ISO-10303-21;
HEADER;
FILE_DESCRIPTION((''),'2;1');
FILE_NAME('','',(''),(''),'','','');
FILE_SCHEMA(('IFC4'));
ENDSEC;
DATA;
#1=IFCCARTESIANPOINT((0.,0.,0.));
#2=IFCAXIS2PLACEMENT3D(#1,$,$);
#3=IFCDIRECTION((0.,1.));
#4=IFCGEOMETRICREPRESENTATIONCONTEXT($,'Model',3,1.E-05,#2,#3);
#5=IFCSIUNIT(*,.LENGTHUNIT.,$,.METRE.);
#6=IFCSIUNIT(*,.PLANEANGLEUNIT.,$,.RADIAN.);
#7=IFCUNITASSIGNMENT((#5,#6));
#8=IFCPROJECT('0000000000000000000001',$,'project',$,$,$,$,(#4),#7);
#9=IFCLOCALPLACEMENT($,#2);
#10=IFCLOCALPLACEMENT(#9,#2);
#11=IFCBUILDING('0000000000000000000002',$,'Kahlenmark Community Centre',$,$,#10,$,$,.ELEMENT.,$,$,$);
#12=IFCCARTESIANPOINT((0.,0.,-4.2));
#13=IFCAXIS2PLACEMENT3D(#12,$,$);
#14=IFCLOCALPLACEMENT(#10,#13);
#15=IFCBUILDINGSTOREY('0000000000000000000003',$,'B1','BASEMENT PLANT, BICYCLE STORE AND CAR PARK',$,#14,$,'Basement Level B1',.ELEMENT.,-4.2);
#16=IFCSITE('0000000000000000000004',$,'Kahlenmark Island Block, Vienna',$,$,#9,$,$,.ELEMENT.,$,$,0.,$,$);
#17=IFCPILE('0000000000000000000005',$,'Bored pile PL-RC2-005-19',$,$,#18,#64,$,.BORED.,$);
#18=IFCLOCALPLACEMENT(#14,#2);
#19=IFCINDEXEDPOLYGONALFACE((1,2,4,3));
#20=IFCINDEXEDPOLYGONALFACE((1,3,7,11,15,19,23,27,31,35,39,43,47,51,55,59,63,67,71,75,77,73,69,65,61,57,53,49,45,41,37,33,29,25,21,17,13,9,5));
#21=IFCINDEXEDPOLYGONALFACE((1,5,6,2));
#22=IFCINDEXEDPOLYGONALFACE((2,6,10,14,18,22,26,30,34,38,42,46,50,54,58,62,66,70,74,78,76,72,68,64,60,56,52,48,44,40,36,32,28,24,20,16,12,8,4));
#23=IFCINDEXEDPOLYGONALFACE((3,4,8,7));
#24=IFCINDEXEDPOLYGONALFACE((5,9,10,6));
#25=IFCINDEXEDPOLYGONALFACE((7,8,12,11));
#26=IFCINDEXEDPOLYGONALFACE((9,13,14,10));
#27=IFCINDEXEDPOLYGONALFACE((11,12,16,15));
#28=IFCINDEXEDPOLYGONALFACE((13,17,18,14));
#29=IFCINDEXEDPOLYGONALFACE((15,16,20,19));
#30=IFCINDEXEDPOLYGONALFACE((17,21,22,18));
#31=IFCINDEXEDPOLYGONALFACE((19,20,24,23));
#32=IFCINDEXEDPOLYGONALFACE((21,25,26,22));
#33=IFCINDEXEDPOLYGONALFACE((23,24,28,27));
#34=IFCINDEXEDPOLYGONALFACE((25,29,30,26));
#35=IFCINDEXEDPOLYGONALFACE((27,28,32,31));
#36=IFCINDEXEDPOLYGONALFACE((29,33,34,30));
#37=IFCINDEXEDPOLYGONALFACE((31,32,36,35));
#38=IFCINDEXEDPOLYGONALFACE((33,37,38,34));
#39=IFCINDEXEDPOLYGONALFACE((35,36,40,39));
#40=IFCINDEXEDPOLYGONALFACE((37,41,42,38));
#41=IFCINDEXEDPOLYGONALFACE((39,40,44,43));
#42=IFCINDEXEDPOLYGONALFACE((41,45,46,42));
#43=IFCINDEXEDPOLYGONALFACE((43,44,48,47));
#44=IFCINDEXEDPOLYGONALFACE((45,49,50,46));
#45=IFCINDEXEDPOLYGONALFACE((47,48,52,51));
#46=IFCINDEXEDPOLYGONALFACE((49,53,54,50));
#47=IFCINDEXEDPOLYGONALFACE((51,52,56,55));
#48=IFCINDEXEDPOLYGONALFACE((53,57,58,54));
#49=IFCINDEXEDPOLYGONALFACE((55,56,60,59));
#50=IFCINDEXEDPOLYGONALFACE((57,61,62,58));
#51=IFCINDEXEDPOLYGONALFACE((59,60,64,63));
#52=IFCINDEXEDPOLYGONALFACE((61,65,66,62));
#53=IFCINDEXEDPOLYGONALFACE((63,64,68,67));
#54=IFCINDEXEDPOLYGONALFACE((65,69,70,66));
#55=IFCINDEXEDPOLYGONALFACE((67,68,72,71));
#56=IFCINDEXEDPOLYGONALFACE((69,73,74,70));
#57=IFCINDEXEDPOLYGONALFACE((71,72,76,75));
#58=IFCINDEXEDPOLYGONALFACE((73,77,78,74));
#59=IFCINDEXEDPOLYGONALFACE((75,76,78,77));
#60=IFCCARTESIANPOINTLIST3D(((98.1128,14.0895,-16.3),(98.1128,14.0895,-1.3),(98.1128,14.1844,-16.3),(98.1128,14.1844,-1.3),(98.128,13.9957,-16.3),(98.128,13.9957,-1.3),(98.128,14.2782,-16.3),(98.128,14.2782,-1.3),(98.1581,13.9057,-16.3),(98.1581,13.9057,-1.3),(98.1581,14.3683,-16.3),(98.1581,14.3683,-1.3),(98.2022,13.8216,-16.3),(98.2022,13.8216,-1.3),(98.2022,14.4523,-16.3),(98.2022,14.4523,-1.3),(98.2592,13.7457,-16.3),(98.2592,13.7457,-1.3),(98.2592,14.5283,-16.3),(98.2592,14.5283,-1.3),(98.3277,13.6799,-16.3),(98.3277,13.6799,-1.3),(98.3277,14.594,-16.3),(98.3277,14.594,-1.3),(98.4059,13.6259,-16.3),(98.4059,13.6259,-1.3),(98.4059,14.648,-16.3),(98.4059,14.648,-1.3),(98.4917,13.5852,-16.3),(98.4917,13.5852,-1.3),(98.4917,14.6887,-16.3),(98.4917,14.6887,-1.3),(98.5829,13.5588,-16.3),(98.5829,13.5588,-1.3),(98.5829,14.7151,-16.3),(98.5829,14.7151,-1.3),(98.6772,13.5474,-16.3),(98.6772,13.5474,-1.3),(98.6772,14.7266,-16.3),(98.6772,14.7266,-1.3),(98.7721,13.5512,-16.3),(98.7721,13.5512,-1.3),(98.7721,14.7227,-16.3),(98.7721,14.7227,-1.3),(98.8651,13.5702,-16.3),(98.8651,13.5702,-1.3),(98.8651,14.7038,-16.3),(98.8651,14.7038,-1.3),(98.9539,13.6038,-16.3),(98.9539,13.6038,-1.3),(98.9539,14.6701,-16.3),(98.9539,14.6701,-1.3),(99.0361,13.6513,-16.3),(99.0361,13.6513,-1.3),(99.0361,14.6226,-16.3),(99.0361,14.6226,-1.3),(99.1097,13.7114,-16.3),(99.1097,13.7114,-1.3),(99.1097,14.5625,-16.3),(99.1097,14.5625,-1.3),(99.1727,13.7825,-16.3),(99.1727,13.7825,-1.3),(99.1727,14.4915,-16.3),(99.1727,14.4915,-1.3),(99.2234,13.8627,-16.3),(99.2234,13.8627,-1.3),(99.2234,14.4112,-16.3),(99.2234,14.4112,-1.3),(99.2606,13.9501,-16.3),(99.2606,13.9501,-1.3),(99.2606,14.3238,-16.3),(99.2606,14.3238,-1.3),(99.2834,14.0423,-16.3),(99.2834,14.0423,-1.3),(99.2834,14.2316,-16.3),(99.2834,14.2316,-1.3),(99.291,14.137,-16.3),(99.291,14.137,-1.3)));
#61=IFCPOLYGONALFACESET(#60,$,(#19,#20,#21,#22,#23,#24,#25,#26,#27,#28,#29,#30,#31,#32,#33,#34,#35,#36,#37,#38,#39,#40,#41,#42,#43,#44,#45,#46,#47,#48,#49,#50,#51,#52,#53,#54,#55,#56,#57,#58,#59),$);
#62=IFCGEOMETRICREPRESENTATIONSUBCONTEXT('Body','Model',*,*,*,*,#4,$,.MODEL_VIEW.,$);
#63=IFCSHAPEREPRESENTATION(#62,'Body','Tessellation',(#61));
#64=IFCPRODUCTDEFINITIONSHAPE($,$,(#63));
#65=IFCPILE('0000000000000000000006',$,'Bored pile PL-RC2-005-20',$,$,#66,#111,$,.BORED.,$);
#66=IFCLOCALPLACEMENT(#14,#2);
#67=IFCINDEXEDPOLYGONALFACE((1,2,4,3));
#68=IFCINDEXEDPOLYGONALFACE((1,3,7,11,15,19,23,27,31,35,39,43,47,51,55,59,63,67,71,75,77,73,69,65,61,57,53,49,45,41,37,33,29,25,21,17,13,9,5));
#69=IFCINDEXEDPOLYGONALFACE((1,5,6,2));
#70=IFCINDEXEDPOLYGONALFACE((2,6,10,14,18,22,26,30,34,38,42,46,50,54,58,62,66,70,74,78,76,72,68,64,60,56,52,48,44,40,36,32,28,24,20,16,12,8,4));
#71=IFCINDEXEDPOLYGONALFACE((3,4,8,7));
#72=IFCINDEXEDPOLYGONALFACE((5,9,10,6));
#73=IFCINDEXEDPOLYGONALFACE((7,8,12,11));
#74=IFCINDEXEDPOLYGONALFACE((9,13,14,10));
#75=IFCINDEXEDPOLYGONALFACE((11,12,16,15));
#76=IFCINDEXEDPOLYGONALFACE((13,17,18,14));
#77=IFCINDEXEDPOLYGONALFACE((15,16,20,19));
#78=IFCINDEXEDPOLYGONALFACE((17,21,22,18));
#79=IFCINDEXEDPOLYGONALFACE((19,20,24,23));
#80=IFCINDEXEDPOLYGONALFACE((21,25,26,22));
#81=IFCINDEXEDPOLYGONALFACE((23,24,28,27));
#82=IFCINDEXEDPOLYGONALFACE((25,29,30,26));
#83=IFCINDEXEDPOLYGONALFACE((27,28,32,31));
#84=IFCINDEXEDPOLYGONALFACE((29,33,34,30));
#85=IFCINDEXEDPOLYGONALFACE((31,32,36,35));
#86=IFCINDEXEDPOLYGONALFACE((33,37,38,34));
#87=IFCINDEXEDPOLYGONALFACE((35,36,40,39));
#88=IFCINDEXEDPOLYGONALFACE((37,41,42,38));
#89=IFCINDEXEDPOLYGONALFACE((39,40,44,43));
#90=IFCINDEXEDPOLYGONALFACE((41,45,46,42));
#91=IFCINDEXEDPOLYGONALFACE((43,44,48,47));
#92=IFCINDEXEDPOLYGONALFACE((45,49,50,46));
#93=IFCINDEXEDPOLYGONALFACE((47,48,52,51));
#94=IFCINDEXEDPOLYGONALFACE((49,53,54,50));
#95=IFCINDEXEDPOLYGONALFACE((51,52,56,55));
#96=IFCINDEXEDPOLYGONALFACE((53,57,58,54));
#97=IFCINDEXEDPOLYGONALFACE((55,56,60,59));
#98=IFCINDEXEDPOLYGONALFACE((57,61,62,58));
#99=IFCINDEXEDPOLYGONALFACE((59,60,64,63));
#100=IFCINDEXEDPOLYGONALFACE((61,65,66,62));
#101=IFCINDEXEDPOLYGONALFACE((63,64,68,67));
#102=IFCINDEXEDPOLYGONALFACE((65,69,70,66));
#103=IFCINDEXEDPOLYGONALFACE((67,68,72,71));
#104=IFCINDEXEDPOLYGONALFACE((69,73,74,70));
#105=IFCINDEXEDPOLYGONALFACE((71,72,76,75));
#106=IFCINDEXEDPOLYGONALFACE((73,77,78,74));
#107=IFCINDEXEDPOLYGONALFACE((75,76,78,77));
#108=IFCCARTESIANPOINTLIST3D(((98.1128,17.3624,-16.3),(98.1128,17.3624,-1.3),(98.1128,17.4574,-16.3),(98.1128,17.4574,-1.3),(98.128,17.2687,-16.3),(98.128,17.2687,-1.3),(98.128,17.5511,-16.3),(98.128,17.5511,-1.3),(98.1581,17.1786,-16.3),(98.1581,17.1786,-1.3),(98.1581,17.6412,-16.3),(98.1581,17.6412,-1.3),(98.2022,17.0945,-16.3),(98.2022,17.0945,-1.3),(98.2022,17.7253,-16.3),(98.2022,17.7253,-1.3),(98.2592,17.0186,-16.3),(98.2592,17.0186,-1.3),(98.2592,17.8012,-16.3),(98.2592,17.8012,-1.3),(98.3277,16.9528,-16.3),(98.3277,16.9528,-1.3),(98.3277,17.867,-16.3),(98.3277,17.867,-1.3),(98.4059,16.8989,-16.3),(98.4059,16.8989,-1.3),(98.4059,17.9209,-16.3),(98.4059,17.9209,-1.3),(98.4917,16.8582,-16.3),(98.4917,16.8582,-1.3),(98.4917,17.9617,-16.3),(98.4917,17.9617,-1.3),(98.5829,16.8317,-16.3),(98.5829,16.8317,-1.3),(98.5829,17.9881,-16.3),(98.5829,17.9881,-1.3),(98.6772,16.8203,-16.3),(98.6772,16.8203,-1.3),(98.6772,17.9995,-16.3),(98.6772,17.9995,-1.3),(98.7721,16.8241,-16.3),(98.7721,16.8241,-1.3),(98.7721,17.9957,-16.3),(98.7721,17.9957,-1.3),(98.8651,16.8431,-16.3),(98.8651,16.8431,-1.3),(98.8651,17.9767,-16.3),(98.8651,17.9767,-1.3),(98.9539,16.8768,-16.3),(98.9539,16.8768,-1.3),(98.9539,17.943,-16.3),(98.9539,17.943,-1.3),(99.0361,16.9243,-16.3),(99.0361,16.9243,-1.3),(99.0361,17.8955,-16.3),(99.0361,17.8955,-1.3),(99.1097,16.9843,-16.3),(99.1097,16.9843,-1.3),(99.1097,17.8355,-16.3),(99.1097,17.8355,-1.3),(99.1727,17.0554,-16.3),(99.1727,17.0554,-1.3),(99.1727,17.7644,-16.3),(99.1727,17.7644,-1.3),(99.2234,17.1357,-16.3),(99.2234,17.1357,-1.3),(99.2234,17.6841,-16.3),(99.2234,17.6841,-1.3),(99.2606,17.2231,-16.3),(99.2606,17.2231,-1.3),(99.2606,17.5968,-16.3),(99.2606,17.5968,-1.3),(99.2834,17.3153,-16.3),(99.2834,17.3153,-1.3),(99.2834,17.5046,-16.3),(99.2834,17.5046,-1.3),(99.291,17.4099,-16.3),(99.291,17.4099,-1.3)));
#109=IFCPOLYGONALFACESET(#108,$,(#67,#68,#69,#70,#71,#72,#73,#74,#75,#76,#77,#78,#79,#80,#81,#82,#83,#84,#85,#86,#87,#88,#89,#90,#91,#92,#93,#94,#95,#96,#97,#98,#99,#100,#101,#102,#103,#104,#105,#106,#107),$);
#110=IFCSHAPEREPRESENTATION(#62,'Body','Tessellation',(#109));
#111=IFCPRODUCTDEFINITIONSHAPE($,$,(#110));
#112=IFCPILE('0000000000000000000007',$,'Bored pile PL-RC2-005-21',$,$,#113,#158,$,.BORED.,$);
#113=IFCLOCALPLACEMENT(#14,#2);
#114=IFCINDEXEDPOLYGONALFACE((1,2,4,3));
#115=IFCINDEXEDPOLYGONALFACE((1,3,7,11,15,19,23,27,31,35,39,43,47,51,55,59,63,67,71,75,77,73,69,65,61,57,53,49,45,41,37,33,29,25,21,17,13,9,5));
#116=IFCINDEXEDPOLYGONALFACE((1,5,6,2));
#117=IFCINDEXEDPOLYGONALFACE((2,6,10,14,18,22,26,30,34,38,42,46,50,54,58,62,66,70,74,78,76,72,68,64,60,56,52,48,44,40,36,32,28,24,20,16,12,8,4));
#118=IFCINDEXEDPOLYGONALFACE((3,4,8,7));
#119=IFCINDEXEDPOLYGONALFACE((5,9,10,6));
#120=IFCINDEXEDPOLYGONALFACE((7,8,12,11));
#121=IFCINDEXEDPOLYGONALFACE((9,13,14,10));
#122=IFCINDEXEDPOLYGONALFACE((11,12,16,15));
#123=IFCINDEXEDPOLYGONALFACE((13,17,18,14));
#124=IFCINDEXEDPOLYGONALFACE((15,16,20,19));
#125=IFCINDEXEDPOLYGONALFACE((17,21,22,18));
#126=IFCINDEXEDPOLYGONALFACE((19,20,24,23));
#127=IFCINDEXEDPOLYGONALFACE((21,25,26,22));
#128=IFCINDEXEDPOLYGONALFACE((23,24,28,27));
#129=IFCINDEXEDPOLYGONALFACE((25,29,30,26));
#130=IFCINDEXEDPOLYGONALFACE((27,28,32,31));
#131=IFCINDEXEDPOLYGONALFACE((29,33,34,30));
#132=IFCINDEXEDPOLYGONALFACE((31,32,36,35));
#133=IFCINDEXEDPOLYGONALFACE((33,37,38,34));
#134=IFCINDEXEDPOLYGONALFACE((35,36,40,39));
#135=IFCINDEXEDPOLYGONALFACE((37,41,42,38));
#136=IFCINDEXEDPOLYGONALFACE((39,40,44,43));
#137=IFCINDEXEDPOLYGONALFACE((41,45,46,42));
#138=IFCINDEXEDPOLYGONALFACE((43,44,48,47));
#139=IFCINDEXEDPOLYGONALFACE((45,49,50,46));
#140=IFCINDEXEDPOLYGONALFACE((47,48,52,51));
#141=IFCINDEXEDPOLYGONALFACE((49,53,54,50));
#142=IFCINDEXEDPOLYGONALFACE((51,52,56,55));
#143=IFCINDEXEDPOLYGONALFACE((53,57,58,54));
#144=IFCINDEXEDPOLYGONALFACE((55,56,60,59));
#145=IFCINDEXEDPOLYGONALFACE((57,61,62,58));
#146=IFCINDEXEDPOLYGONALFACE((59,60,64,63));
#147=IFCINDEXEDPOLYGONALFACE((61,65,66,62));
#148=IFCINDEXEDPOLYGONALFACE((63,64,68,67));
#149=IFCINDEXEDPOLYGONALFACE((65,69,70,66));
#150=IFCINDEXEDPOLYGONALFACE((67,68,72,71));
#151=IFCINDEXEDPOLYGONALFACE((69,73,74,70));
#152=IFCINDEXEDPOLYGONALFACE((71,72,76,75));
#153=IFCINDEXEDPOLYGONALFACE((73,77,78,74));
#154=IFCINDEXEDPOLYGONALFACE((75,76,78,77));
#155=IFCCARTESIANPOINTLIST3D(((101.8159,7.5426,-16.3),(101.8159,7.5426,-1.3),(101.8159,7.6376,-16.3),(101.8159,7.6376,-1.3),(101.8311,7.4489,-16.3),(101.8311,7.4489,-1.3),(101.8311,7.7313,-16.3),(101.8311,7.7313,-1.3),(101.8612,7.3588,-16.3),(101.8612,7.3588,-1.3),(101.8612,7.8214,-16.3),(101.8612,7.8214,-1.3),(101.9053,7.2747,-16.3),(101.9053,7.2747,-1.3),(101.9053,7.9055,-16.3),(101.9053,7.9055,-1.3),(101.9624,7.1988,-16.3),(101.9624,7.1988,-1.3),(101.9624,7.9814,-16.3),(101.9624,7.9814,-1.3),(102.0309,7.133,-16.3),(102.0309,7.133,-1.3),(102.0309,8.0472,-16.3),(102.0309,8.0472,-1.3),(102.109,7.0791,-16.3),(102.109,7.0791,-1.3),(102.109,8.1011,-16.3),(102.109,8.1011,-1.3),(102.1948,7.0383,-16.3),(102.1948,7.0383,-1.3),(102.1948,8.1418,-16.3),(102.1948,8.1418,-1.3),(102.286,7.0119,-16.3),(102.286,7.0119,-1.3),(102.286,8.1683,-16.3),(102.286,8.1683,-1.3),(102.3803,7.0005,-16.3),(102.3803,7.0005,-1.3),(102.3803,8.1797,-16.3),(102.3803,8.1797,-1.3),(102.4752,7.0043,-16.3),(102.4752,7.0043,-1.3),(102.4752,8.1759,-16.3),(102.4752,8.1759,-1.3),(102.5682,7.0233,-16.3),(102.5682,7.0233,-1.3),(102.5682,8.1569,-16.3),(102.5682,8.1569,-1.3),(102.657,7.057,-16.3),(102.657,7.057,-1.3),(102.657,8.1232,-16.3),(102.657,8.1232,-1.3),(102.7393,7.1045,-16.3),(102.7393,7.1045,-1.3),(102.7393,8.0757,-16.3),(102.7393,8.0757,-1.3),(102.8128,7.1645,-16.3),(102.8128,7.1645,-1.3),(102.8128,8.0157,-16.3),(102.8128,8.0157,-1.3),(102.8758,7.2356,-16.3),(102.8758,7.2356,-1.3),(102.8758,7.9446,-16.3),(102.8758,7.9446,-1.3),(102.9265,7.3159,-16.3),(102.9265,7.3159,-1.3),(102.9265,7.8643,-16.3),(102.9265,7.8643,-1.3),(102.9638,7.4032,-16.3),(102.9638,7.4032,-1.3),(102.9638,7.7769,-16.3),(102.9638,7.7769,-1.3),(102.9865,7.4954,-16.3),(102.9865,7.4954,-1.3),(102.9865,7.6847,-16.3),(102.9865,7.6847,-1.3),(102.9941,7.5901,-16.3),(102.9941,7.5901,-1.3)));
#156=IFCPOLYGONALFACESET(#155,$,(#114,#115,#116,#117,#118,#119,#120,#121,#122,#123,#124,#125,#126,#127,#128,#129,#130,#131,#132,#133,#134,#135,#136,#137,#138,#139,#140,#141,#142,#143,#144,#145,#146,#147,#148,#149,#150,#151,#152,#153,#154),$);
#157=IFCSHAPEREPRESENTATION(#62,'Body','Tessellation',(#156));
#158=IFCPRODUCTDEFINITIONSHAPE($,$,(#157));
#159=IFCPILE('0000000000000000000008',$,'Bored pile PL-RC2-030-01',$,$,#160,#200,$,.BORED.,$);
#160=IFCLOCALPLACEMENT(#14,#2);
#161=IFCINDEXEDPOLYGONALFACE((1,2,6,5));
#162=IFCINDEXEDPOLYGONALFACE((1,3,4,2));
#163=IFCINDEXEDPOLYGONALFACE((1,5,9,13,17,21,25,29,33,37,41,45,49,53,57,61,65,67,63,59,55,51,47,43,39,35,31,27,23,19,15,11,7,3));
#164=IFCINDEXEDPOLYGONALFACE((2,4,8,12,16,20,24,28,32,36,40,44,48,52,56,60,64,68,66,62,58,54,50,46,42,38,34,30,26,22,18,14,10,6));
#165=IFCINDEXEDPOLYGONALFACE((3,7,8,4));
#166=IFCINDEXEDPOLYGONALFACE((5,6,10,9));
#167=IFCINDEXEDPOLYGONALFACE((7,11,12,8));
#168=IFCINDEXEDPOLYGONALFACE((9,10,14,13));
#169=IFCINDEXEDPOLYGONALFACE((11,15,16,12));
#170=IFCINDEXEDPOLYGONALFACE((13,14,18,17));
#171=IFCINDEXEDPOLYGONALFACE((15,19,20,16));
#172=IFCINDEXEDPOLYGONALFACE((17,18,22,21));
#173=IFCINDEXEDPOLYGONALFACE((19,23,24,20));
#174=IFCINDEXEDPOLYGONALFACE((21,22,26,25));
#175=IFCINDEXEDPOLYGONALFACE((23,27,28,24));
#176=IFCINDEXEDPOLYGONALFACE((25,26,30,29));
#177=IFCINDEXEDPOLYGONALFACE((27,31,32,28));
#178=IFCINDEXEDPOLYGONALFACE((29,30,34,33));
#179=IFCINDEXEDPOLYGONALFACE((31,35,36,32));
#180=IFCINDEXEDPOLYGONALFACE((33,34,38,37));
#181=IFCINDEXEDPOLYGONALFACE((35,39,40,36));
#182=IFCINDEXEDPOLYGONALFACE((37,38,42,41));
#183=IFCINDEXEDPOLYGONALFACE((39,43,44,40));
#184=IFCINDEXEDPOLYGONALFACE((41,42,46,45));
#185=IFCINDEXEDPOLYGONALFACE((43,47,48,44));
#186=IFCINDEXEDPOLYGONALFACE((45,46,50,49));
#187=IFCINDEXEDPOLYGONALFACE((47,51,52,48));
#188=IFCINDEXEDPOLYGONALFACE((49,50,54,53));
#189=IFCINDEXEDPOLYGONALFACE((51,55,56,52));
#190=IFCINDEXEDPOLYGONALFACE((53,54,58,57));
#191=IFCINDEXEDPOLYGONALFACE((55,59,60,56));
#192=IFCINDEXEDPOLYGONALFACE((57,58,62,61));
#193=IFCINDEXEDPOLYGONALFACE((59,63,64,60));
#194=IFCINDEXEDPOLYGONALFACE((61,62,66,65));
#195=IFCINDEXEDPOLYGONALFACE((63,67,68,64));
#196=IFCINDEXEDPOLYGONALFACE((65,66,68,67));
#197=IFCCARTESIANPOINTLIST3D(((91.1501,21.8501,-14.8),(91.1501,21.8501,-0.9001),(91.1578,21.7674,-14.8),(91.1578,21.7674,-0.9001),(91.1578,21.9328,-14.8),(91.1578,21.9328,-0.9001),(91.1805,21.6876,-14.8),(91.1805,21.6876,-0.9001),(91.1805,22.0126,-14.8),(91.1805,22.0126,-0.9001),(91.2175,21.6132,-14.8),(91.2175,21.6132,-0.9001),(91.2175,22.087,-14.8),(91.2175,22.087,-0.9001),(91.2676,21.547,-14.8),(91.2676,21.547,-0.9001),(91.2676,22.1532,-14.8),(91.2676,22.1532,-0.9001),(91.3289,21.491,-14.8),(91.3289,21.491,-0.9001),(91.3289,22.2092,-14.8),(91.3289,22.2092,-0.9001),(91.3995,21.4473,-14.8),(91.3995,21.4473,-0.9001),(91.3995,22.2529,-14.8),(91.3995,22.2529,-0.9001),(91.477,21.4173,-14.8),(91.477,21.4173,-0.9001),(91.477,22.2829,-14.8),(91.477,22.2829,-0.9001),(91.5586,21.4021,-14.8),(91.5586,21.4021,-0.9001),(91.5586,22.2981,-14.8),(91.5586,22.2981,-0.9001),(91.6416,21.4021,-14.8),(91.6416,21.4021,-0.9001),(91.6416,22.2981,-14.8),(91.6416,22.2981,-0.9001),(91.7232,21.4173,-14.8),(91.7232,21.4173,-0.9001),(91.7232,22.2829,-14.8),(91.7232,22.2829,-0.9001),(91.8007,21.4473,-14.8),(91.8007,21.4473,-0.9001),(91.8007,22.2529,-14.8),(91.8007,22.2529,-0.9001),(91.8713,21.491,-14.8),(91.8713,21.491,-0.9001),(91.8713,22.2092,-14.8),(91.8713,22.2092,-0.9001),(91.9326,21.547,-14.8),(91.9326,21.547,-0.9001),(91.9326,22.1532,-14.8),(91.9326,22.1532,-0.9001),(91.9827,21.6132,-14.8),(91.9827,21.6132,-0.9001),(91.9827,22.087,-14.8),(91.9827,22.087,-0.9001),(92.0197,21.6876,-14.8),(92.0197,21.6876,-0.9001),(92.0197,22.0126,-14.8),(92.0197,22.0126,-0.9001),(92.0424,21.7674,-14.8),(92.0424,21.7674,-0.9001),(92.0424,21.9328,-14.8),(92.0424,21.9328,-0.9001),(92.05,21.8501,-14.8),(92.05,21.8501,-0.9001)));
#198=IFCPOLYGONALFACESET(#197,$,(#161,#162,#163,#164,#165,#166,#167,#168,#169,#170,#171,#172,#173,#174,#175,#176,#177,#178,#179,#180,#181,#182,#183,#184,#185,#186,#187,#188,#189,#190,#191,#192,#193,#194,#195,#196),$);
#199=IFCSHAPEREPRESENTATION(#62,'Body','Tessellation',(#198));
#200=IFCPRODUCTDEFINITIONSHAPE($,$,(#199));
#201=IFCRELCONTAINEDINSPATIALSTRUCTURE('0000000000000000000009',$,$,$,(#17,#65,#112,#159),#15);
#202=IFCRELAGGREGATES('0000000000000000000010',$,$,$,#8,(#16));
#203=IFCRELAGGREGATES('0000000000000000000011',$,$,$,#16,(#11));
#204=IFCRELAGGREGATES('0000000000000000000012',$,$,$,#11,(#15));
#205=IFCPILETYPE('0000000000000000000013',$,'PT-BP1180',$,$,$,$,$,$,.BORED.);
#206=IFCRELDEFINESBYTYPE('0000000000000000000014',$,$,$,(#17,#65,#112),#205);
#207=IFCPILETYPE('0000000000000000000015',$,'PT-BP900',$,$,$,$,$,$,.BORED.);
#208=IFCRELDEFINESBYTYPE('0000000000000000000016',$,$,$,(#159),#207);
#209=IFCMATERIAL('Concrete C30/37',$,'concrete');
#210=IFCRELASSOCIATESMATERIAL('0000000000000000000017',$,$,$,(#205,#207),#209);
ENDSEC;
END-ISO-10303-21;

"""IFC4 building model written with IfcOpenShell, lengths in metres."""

from ifc_helpers import new_model, si_unit, direction, frame, origin, origin_2d, place, context, subcontext, project, spatial, circle, extrude, material, material_profile, profile_set, type_object, element, save


model = new_model("IFC4")

# Units and contexts
model_context = context("Model", 3, precision=1e-05, world=origin(), true_north=direction((0.0, 1.0)))
body_context = subcontext(model_context, "Body", "Model", "MODEL_VIEW")
ifc_project = project(units=[si_unit("LENGTHUNIT", "METRE"), si_unit("PLANEANGLEUNIT", "RADIAN")], contexts=[model_context])

# Site, building, storey
site_placement = place(None, origin())
site = spatial("IfcSite", under=ifc_project, at=site_placement, Name="Kahlenmark Island Block, Vienna", CompositionType="ELEMENT", RefElevation=0.0)
building_placement = place(site_placement, origin())
building = spatial("IfcBuilding", under=site, at=building_placement, Name="Kahlenmark Community Centre", CompositionType="ELEMENT")
storey_placement = place(building_placement, frame((0.0, 0.0, -4.2)))
storey = spatial("IfcBuildingStorey", under=building, at=storey_placement, Name="B1", Description="BASEMENT PLANT, BICYCLE STORE AND CAR PARK", LongName="Basement Level B1", CompositionType="ELEMENT", Elevation=-4.2)

# Shared definitions
ifc_material_1 = material(Name="Concrete C30/37", Category="concrete")

# Piles
ifc_material_profile_1 = material_profile(ifc_material_1, circle(Radius=0.5901, at=origin_2d()), Name="BORED PILE 1180")
ifc_profile_set_1 = profile_set([ifc_material_profile_1], Name="Concrete C30/37")
pile_type_1 = type_object("IfcPileType", Name="PT-BP1180", PredefinedType="BORED", material=ifc_profile_set_1)
for number, where, z_axis, x_axis, name in (
    (1, (98.7009, 14.137, -1.3), (0.0, 0.0, -1.0), (1.0, 0.0, 0.0), "Bored pile PL-RC2-005-19"),
    (2, (98.7009, 17.4099, -1.3), (0.0, 0.0, -1.0), (1.0, 0.0, 0.0), "Bored pile PL-RC2-005-20"),
    (3, (102.4041, 7.5901, -1.3), (0.0, 0.0, -1.0), (1.0, 0.0, 0.0), "Bored pile PL-RC2-005-21"),
):
    element("IfcPile", number, at=place(storey_placement, frame(where, z_axis=z_axis, x_axis=x_axis)), inside=storey, type_object=pile_type_1, Name=name, PredefinedType="BORED", context=body_context, shape_type="SweptSolid", body=[
        extrude(circle(Radius=0.5901, at=origin_2d()), origin(), (0.0, 0.0, 1.0), 15.0),
    ])
ifc_material_profile_2 = material_profile(ifc_material_1, circle(Radius=0.45, at=origin_2d()), Name="BORED PILE 900")
ifc_profile_set_2 = profile_set([ifc_material_profile_2], Name="Concrete C30/37")
pile_type_2 = type_object("IfcPileType", Name="PT-BP900", PredefinedType="BORED", material=ifc_profile_set_2)
for number, where, z_axis, x_axis, name in (
    (4, (91.6001, 21.8501, -0.9001), (0.0, 0.0, -1.0), (1.0, 0.0, 0.0), "Bored pile PL-RC2-030-01"),
):
    element("IfcPile", number, at=place(storey_placement, frame(where, z_axis=z_axis, x_axis=x_axis)), inside=storey, type_object=pile_type_2, Name=name, PredefinedType="BORED", context=body_context, shape_type="SweptSolid", body=[
        extrude(circle(Radius=0.45, at=origin_2d()), origin(), (0.0, 0.0, 1.0), 13.8999),
    ])

save(model, "model.ifc")
